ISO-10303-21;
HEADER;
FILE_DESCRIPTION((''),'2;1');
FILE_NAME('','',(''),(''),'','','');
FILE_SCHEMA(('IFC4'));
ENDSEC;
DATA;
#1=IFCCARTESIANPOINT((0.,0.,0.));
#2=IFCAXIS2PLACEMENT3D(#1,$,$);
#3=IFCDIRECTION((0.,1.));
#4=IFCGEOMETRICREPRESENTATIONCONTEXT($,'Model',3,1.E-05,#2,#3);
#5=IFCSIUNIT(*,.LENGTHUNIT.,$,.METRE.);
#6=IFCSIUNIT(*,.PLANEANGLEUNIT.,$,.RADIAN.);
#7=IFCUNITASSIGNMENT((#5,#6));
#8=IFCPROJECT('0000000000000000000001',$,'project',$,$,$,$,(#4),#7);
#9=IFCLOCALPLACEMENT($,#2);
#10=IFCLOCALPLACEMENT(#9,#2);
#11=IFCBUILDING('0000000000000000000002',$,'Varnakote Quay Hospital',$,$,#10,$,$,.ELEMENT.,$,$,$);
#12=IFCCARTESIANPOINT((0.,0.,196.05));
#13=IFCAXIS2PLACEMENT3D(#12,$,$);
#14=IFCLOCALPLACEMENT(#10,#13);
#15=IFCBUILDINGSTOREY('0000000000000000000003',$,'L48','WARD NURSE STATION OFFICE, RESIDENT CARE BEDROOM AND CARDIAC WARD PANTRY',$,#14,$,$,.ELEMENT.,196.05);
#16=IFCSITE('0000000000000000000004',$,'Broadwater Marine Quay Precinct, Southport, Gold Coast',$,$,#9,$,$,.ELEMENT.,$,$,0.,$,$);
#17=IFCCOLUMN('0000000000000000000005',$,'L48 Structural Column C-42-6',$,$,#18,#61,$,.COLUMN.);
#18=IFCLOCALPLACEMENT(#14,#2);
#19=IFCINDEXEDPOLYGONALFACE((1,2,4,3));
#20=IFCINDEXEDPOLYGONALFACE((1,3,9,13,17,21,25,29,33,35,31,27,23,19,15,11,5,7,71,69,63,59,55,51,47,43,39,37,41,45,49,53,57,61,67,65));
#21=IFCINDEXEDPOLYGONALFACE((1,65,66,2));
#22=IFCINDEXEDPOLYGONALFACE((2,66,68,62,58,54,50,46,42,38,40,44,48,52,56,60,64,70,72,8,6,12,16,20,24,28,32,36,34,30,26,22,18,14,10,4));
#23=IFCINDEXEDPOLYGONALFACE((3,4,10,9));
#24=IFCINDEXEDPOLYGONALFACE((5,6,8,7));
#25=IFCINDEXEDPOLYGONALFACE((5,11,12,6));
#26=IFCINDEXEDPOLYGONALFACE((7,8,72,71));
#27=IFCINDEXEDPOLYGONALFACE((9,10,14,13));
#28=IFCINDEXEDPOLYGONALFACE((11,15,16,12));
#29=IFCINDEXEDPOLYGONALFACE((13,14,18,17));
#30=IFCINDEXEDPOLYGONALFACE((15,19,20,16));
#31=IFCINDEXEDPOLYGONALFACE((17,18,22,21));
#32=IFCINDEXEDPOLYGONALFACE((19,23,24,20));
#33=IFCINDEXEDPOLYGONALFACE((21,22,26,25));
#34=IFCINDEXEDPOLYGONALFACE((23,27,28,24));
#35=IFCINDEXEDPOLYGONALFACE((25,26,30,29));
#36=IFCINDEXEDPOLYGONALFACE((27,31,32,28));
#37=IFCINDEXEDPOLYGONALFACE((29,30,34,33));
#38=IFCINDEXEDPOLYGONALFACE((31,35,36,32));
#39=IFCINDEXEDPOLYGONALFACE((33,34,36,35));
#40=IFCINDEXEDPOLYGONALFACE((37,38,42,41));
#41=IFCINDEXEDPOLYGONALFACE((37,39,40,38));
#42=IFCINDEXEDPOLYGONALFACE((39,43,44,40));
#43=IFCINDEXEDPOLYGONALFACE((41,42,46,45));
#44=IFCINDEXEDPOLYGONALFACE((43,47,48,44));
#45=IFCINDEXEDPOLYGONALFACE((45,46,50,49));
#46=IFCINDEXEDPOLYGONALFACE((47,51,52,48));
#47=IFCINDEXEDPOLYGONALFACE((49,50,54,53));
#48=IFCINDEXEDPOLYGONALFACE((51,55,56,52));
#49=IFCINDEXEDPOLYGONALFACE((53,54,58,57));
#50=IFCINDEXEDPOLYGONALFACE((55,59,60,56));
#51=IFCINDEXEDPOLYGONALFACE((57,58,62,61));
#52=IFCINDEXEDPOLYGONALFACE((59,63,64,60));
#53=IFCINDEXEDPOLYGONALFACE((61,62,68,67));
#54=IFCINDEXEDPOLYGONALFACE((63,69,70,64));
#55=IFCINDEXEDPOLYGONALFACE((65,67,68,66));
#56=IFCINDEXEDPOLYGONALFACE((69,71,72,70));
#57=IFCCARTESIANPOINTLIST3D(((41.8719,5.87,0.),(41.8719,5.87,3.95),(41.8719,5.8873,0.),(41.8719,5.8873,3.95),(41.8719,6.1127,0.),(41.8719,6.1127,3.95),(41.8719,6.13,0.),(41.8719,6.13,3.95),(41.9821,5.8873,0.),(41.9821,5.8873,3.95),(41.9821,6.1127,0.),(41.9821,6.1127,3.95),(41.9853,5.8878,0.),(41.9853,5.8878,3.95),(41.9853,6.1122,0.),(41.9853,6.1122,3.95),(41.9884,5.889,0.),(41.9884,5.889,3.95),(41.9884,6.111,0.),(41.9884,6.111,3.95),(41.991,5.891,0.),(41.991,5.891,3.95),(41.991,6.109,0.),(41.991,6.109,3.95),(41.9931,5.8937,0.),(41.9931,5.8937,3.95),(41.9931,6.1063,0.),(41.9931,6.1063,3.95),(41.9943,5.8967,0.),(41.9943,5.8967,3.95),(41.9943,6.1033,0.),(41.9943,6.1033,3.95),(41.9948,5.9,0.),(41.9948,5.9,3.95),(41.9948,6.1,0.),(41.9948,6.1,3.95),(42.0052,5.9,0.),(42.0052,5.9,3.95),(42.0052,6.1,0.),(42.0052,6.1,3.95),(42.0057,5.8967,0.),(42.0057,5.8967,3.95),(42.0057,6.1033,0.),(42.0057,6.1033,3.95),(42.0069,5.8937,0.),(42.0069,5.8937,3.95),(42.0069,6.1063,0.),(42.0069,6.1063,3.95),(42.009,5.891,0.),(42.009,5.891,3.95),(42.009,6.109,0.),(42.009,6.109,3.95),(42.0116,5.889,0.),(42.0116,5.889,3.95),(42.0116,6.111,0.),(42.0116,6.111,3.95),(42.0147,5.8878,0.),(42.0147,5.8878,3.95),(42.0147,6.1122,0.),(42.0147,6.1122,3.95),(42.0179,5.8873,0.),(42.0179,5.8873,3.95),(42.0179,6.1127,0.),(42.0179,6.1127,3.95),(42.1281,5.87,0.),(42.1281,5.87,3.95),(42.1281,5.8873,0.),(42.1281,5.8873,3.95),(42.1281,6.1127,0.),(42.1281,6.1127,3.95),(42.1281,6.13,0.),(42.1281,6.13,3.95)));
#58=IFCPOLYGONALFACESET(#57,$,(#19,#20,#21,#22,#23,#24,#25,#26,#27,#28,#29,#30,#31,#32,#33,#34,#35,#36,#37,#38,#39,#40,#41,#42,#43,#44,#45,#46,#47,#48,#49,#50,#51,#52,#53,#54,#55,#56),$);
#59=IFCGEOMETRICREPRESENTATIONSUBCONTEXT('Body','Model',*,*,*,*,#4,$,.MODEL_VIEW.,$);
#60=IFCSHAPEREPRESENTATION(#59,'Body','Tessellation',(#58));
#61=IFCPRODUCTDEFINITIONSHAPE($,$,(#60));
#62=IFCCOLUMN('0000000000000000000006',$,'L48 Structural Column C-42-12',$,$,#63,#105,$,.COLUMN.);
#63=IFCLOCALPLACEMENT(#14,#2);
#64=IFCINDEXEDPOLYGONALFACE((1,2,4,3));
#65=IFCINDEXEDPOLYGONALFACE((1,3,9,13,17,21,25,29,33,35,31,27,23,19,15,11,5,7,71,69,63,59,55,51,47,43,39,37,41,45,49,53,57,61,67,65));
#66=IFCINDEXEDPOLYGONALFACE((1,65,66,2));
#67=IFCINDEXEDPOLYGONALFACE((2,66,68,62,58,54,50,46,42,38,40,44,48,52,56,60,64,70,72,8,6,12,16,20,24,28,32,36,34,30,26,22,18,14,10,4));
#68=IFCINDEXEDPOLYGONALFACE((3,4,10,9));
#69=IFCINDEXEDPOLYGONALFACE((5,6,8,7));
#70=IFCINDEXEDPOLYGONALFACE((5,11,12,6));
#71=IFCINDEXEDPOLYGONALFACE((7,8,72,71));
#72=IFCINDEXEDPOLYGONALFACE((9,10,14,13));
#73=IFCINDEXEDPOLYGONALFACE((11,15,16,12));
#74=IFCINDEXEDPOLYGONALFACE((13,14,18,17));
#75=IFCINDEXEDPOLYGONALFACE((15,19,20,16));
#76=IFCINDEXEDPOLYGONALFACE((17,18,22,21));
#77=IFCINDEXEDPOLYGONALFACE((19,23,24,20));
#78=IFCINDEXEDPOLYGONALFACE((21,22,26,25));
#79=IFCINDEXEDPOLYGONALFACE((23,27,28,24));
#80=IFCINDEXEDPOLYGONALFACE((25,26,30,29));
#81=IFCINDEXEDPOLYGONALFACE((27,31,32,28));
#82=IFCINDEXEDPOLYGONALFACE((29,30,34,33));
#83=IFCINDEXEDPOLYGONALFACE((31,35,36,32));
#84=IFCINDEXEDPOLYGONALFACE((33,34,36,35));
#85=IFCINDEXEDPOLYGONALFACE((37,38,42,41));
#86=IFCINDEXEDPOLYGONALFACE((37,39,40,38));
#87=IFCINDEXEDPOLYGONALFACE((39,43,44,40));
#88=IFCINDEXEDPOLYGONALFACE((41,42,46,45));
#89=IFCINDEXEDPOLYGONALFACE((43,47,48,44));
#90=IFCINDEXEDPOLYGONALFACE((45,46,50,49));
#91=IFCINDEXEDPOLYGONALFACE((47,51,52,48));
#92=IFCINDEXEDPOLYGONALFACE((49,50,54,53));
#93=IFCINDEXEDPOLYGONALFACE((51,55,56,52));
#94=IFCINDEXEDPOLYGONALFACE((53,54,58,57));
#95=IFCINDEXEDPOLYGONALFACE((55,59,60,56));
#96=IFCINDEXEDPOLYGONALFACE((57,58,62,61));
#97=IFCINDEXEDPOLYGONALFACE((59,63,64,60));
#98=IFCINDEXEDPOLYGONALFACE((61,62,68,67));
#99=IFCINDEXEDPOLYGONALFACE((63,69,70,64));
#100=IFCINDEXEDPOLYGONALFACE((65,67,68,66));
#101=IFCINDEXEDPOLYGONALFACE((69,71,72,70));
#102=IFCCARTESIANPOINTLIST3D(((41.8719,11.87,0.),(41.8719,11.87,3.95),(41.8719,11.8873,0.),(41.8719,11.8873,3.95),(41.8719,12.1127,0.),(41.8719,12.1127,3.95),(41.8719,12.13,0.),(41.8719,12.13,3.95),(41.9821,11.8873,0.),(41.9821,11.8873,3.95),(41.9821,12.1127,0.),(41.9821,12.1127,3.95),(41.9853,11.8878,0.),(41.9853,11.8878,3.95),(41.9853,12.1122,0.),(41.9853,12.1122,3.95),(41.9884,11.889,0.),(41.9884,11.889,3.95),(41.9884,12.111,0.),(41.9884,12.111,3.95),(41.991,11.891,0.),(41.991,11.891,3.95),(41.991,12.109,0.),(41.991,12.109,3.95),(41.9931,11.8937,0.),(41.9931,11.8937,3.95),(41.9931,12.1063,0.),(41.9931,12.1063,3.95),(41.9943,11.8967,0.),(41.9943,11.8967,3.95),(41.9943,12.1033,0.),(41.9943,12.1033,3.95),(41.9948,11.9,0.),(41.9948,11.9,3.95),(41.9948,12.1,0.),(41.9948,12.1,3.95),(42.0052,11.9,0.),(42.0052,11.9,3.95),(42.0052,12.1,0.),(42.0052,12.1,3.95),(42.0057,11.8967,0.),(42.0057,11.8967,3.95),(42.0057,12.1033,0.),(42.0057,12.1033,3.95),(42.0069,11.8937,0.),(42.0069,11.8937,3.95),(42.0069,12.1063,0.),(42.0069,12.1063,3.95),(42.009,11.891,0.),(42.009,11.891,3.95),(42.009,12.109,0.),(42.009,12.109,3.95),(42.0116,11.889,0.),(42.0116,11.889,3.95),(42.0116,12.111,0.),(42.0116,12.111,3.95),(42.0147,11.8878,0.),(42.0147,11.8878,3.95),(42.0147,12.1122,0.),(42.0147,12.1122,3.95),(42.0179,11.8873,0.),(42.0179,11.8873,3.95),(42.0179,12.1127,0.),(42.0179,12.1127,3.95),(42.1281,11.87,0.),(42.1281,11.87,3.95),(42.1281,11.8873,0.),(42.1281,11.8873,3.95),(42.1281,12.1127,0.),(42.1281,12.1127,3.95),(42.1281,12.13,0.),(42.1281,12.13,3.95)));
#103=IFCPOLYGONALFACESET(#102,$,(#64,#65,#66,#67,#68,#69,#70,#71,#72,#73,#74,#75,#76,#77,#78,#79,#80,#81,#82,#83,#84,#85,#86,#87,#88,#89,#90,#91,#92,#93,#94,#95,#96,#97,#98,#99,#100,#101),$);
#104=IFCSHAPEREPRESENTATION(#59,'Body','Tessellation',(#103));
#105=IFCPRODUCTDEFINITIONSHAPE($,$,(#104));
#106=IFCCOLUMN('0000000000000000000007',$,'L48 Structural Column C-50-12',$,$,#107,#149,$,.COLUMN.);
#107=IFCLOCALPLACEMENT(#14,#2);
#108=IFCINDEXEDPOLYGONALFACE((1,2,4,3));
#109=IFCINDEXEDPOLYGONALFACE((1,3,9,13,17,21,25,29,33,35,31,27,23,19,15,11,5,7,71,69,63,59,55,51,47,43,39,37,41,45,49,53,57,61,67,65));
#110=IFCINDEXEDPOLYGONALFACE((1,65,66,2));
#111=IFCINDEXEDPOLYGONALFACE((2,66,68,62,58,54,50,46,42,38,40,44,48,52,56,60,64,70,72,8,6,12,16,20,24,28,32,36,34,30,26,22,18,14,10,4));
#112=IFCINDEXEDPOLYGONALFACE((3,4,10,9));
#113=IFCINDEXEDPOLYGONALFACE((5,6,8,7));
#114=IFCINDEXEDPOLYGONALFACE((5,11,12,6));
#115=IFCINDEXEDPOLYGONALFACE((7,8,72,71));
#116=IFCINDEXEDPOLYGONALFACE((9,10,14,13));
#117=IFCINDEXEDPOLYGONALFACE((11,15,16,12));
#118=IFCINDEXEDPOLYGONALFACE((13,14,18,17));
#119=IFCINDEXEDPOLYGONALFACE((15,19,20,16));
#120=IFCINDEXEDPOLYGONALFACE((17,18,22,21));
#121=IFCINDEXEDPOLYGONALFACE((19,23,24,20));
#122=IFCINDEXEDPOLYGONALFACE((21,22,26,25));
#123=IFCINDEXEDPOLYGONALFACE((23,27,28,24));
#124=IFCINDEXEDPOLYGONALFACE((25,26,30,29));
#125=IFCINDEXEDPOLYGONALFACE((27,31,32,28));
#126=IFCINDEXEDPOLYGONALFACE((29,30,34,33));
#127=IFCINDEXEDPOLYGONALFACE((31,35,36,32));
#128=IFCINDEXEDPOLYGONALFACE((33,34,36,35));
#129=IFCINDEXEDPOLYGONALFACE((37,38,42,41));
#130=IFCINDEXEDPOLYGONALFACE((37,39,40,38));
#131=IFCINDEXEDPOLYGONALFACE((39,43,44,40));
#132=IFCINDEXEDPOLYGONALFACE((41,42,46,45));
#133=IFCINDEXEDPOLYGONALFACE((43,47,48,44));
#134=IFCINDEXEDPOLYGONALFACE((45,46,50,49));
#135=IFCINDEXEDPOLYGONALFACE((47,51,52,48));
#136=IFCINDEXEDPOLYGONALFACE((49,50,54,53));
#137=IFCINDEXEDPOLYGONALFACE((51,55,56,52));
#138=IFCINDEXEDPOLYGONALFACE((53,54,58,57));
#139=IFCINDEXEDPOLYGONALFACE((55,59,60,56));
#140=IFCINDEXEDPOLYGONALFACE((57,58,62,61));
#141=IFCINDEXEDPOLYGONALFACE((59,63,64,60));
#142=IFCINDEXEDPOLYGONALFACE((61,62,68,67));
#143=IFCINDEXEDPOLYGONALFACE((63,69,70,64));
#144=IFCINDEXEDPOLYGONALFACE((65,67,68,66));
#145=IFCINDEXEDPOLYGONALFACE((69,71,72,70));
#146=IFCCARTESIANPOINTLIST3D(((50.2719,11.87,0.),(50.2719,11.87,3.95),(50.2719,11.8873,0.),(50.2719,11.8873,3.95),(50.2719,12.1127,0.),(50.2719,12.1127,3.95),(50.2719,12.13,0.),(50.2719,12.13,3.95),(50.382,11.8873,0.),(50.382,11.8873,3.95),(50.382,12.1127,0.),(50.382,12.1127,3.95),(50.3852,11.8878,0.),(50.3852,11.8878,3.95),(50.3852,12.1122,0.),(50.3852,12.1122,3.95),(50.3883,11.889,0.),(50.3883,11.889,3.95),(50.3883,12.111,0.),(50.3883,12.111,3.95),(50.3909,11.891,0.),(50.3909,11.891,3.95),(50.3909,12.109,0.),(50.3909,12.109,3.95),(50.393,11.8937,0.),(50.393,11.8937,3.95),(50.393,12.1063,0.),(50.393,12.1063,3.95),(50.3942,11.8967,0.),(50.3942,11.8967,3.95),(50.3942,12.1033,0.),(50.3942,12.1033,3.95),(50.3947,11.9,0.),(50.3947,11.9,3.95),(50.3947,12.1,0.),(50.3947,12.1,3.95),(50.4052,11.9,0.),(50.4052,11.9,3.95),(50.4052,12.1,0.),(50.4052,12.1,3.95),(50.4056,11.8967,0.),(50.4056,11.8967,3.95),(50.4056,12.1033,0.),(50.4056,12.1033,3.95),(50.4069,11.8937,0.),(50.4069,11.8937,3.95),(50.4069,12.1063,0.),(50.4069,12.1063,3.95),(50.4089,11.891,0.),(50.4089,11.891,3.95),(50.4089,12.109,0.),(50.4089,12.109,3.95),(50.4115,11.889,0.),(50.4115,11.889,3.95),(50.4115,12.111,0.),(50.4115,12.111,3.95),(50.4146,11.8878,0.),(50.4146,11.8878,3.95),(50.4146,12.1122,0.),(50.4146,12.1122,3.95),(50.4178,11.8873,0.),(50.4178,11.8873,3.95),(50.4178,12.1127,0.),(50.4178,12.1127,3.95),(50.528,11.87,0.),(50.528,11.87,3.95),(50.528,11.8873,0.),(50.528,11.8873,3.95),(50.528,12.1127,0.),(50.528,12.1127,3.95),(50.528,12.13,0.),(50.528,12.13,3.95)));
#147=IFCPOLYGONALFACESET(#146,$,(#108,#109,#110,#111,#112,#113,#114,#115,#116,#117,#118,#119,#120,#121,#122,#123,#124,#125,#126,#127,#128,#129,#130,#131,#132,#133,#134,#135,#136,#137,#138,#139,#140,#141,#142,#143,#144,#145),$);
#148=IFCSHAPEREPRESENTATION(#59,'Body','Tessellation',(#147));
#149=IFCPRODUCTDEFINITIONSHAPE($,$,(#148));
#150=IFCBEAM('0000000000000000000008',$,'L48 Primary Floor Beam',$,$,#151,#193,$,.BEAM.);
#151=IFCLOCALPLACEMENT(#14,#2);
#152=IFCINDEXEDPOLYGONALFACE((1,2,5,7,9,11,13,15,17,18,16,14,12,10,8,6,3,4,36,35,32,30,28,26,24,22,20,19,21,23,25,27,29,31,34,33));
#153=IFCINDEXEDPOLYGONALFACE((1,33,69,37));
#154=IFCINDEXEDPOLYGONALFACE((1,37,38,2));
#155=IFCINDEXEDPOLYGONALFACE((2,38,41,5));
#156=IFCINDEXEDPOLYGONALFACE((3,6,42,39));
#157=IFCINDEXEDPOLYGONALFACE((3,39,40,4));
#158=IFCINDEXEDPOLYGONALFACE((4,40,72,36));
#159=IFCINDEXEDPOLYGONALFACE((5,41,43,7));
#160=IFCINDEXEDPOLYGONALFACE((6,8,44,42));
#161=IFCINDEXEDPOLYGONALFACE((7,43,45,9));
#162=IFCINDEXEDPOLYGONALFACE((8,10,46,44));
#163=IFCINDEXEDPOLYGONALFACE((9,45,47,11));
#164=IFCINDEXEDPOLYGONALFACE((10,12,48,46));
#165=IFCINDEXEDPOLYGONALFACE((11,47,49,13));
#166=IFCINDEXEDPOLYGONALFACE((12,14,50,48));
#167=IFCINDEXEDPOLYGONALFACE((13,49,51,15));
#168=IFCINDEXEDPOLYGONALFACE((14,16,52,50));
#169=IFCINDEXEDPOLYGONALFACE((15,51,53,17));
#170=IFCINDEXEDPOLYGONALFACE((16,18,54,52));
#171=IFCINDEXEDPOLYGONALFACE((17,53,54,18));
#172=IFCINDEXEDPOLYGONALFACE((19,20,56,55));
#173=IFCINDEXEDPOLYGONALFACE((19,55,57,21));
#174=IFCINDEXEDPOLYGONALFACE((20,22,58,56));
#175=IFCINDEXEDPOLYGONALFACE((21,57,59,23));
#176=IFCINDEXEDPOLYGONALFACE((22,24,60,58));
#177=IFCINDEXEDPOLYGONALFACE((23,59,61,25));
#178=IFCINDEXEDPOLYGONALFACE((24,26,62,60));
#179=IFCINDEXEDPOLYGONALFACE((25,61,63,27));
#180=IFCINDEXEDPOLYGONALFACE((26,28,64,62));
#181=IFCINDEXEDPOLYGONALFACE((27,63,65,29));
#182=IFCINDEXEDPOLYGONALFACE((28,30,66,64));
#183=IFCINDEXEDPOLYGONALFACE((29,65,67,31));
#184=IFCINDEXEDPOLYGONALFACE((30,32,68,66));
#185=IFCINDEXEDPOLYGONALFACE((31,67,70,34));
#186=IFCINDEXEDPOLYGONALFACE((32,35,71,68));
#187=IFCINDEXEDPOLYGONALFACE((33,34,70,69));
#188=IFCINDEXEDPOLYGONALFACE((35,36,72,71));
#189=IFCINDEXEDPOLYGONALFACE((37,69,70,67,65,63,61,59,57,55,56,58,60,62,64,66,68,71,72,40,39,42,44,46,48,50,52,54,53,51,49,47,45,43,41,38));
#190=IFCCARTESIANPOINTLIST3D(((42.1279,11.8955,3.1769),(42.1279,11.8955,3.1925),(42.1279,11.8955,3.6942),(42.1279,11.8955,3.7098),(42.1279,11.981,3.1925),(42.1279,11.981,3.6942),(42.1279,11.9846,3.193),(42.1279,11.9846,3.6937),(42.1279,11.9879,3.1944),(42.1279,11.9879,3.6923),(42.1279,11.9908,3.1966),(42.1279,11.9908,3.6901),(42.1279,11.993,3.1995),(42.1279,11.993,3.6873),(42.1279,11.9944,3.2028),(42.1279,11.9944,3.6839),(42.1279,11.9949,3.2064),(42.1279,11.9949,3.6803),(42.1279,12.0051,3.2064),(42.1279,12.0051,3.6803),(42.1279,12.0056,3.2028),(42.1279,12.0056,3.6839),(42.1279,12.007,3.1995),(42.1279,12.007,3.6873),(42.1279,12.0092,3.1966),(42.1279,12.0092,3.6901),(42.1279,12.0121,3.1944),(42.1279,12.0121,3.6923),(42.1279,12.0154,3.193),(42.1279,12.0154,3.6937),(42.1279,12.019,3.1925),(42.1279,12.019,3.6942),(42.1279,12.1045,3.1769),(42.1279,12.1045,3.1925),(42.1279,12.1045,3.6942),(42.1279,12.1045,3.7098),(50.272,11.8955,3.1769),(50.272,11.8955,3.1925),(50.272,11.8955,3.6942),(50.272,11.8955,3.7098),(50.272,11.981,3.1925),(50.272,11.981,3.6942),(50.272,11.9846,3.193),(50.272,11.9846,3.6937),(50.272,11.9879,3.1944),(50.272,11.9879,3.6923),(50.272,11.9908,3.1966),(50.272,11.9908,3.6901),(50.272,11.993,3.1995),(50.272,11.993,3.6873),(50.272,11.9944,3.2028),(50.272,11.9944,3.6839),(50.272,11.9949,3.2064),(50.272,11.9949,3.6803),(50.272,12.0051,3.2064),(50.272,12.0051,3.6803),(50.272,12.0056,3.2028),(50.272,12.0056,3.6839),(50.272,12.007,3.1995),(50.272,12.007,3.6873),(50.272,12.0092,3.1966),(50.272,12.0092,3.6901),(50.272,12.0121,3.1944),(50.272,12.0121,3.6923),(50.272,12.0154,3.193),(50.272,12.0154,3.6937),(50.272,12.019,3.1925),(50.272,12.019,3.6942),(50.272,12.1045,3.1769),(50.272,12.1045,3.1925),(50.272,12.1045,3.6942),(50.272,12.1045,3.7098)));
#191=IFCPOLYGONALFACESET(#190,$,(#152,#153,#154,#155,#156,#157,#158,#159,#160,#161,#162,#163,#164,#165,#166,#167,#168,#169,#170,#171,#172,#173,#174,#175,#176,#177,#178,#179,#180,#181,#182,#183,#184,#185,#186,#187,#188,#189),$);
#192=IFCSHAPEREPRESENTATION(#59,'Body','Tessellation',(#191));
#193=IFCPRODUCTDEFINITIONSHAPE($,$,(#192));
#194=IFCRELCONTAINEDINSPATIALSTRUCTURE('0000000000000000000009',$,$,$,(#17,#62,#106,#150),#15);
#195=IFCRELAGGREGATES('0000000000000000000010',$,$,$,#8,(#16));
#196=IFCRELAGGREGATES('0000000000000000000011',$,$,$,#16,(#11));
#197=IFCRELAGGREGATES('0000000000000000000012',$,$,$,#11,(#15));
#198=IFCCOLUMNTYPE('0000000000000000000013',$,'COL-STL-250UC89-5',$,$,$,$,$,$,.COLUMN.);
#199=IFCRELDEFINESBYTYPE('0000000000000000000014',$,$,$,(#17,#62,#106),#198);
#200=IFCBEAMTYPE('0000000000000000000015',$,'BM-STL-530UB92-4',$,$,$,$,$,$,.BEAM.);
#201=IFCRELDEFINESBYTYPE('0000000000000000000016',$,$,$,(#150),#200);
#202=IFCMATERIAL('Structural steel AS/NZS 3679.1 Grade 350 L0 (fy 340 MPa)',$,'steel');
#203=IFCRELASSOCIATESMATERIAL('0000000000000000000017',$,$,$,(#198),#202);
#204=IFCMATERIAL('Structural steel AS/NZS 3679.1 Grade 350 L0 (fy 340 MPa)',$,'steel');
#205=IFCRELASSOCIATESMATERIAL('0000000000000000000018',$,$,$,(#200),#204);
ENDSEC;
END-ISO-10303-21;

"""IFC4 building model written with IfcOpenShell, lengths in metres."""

from ifc_helpers import new_model, si_unit, direction, frame, origin, origin_2d, place, context, subcontext, project, spatial, i_section, extrude, material, material_profile, profile_set, type_object, element, save


model = new_model("IFC4")

# Units and contexts
model_context = context("Model", 3, precision=1e-05, world=origin(), true_north=direction((0.0, 1.0)))
body_context = subcontext(model_context, "Body", "Model", "MODEL_VIEW")
ifc_project = project(units=[si_unit("LENGTHUNIT", "METRE"), si_unit("PLANEANGLEUNIT", "RADIAN")], contexts=[model_context])

# Site, building, storey
site_placement = place(None, origin())
site = spatial("IfcSite", under=ifc_project, at=site_placement, Name="Broadwater Marine Quay Precinct, Southport, Gold Coast", CompositionType="ELEMENT", RefElevation=0.0)
building_placement = place(site_placement, origin())
building = spatial("IfcBuilding", under=site, at=building_placement, Name="Varnakote Quay Hospital", CompositionType="ELEMENT")
storey_placement = place(building_placement, frame((0.0, 0.0, 196.05)))
storey = spatial("IfcBuildingStorey", under=building, at=storey_placement, Name="L48", Description="WARD NURSE STATION OFFICE, RESIDENT CARE BEDROOM AND CARDIAC WARD PANTRY", CompositionType="ELEMENT", Elevation=196.05)

# Columns
ifc_material_1 = material(Name="Structural steel AS/NZS 3679.1 Grade 350 L0 (fy 340 MPa)", Category="steel")
ifc_material_profile_1 = material_profile(ifc_material_1, i_section(OverallWidth=0.2561, OverallDepth=0.26, WebThickness=0.0105, FlangeThickness=0.0173, FilletRadius=0.0127, at=origin_2d()), Name="250UC89.5")
ifc_profile_set_1 = profile_set([ifc_material_profile_1], Name="Structural steel AS/NZS 3679.1 Grade 350 L0 (fy 340 MPa)")
column_type = type_object("IfcColumnType", Name="COL-STL-250UC89-5", PredefinedType="COLUMN", material=ifc_profile_set_1)
for number, where, z_axis, x_axis, name in (
    (1, (42.0, 6.0, 0.0), (0.0, 0.0, 1.0), (1.0, 0.0, 0.0), "L48 Structural Column C-42-6"),
    (2, (42.0, 12.0, 0.0), (0.0, 0.0, 1.0), (1.0, 0.0, 0.0), "L48 Structural Column C-42-12"),
    (3, (50.3999, 12.0, 0.0), (0.0, 0.0, 1.0), (1.0, 0.0, 0.0), "L48 Structural Column C-50-12"),
):
    element("IfcColumn", number, at=place(storey_placement, frame(where, z_axis=z_axis, x_axis=x_axis)), inside=storey, type_object=column_type, Name=name, PredefinedType="COLUMN", context=body_context, shape_type="SweptSolid", body=[
        extrude(i_section(OverallWidth=0.2561, OverallDepth=0.26, WebThickness=0.0105, FlangeThickness=0.0173, FilletRadius=0.0127, at=origin_2d()), origin(), (0.0, 0.0, 1.0), 3.95),
    ])

# Beam
ifc_material_2 = material(Name="Structural steel AS/NZS 3679.1 Grade 350 L0 (fy 340 MPa)", Category="steel")
ifc_material_profile_2 = material_profile(ifc_material_2, i_section(OverallWidth=0.209, OverallDepth=0.533, WebThickness=0.0103, FlangeThickness=0.0156, FilletRadius=0.0139, at=origin_2d()), Name="530UB92.4")
ifc_profile_set_2 = profile_set([ifc_material_profile_2], Name="Structural steel AS/NZS 3679.1 Grade 350 L0 (fy 340 MPa)")
beam_type = type_object("IfcBeamType", Name="BM-STL-530UB92-4", PredefinedType="BEAM", material=ifc_profile_set_2)
beam_1_placement = place(storey_placement, frame((42.1279, 12.0, 3.4434), z_axis=(1.0, 0.0, 0.0), x_axis=(0.0, 1.0, 0.0)))
element("IfcBeam", 4, at=beam_1_placement, inside=storey, type_object=beam_type, Name="L48 Primary Floor Beam", PredefinedType="BEAM", context=body_context, shape_type="SweptSolid", body=[
    extrude(i_section(OverallWidth=0.209, OverallDepth=0.533, WebThickness=0.0103, FlangeThickness=0.0156, FilletRadius=0.0139, at=origin_2d()), origin(), (0.0, 0.0, 1.0), 8.144),
])

save(model, "model.ifc")
